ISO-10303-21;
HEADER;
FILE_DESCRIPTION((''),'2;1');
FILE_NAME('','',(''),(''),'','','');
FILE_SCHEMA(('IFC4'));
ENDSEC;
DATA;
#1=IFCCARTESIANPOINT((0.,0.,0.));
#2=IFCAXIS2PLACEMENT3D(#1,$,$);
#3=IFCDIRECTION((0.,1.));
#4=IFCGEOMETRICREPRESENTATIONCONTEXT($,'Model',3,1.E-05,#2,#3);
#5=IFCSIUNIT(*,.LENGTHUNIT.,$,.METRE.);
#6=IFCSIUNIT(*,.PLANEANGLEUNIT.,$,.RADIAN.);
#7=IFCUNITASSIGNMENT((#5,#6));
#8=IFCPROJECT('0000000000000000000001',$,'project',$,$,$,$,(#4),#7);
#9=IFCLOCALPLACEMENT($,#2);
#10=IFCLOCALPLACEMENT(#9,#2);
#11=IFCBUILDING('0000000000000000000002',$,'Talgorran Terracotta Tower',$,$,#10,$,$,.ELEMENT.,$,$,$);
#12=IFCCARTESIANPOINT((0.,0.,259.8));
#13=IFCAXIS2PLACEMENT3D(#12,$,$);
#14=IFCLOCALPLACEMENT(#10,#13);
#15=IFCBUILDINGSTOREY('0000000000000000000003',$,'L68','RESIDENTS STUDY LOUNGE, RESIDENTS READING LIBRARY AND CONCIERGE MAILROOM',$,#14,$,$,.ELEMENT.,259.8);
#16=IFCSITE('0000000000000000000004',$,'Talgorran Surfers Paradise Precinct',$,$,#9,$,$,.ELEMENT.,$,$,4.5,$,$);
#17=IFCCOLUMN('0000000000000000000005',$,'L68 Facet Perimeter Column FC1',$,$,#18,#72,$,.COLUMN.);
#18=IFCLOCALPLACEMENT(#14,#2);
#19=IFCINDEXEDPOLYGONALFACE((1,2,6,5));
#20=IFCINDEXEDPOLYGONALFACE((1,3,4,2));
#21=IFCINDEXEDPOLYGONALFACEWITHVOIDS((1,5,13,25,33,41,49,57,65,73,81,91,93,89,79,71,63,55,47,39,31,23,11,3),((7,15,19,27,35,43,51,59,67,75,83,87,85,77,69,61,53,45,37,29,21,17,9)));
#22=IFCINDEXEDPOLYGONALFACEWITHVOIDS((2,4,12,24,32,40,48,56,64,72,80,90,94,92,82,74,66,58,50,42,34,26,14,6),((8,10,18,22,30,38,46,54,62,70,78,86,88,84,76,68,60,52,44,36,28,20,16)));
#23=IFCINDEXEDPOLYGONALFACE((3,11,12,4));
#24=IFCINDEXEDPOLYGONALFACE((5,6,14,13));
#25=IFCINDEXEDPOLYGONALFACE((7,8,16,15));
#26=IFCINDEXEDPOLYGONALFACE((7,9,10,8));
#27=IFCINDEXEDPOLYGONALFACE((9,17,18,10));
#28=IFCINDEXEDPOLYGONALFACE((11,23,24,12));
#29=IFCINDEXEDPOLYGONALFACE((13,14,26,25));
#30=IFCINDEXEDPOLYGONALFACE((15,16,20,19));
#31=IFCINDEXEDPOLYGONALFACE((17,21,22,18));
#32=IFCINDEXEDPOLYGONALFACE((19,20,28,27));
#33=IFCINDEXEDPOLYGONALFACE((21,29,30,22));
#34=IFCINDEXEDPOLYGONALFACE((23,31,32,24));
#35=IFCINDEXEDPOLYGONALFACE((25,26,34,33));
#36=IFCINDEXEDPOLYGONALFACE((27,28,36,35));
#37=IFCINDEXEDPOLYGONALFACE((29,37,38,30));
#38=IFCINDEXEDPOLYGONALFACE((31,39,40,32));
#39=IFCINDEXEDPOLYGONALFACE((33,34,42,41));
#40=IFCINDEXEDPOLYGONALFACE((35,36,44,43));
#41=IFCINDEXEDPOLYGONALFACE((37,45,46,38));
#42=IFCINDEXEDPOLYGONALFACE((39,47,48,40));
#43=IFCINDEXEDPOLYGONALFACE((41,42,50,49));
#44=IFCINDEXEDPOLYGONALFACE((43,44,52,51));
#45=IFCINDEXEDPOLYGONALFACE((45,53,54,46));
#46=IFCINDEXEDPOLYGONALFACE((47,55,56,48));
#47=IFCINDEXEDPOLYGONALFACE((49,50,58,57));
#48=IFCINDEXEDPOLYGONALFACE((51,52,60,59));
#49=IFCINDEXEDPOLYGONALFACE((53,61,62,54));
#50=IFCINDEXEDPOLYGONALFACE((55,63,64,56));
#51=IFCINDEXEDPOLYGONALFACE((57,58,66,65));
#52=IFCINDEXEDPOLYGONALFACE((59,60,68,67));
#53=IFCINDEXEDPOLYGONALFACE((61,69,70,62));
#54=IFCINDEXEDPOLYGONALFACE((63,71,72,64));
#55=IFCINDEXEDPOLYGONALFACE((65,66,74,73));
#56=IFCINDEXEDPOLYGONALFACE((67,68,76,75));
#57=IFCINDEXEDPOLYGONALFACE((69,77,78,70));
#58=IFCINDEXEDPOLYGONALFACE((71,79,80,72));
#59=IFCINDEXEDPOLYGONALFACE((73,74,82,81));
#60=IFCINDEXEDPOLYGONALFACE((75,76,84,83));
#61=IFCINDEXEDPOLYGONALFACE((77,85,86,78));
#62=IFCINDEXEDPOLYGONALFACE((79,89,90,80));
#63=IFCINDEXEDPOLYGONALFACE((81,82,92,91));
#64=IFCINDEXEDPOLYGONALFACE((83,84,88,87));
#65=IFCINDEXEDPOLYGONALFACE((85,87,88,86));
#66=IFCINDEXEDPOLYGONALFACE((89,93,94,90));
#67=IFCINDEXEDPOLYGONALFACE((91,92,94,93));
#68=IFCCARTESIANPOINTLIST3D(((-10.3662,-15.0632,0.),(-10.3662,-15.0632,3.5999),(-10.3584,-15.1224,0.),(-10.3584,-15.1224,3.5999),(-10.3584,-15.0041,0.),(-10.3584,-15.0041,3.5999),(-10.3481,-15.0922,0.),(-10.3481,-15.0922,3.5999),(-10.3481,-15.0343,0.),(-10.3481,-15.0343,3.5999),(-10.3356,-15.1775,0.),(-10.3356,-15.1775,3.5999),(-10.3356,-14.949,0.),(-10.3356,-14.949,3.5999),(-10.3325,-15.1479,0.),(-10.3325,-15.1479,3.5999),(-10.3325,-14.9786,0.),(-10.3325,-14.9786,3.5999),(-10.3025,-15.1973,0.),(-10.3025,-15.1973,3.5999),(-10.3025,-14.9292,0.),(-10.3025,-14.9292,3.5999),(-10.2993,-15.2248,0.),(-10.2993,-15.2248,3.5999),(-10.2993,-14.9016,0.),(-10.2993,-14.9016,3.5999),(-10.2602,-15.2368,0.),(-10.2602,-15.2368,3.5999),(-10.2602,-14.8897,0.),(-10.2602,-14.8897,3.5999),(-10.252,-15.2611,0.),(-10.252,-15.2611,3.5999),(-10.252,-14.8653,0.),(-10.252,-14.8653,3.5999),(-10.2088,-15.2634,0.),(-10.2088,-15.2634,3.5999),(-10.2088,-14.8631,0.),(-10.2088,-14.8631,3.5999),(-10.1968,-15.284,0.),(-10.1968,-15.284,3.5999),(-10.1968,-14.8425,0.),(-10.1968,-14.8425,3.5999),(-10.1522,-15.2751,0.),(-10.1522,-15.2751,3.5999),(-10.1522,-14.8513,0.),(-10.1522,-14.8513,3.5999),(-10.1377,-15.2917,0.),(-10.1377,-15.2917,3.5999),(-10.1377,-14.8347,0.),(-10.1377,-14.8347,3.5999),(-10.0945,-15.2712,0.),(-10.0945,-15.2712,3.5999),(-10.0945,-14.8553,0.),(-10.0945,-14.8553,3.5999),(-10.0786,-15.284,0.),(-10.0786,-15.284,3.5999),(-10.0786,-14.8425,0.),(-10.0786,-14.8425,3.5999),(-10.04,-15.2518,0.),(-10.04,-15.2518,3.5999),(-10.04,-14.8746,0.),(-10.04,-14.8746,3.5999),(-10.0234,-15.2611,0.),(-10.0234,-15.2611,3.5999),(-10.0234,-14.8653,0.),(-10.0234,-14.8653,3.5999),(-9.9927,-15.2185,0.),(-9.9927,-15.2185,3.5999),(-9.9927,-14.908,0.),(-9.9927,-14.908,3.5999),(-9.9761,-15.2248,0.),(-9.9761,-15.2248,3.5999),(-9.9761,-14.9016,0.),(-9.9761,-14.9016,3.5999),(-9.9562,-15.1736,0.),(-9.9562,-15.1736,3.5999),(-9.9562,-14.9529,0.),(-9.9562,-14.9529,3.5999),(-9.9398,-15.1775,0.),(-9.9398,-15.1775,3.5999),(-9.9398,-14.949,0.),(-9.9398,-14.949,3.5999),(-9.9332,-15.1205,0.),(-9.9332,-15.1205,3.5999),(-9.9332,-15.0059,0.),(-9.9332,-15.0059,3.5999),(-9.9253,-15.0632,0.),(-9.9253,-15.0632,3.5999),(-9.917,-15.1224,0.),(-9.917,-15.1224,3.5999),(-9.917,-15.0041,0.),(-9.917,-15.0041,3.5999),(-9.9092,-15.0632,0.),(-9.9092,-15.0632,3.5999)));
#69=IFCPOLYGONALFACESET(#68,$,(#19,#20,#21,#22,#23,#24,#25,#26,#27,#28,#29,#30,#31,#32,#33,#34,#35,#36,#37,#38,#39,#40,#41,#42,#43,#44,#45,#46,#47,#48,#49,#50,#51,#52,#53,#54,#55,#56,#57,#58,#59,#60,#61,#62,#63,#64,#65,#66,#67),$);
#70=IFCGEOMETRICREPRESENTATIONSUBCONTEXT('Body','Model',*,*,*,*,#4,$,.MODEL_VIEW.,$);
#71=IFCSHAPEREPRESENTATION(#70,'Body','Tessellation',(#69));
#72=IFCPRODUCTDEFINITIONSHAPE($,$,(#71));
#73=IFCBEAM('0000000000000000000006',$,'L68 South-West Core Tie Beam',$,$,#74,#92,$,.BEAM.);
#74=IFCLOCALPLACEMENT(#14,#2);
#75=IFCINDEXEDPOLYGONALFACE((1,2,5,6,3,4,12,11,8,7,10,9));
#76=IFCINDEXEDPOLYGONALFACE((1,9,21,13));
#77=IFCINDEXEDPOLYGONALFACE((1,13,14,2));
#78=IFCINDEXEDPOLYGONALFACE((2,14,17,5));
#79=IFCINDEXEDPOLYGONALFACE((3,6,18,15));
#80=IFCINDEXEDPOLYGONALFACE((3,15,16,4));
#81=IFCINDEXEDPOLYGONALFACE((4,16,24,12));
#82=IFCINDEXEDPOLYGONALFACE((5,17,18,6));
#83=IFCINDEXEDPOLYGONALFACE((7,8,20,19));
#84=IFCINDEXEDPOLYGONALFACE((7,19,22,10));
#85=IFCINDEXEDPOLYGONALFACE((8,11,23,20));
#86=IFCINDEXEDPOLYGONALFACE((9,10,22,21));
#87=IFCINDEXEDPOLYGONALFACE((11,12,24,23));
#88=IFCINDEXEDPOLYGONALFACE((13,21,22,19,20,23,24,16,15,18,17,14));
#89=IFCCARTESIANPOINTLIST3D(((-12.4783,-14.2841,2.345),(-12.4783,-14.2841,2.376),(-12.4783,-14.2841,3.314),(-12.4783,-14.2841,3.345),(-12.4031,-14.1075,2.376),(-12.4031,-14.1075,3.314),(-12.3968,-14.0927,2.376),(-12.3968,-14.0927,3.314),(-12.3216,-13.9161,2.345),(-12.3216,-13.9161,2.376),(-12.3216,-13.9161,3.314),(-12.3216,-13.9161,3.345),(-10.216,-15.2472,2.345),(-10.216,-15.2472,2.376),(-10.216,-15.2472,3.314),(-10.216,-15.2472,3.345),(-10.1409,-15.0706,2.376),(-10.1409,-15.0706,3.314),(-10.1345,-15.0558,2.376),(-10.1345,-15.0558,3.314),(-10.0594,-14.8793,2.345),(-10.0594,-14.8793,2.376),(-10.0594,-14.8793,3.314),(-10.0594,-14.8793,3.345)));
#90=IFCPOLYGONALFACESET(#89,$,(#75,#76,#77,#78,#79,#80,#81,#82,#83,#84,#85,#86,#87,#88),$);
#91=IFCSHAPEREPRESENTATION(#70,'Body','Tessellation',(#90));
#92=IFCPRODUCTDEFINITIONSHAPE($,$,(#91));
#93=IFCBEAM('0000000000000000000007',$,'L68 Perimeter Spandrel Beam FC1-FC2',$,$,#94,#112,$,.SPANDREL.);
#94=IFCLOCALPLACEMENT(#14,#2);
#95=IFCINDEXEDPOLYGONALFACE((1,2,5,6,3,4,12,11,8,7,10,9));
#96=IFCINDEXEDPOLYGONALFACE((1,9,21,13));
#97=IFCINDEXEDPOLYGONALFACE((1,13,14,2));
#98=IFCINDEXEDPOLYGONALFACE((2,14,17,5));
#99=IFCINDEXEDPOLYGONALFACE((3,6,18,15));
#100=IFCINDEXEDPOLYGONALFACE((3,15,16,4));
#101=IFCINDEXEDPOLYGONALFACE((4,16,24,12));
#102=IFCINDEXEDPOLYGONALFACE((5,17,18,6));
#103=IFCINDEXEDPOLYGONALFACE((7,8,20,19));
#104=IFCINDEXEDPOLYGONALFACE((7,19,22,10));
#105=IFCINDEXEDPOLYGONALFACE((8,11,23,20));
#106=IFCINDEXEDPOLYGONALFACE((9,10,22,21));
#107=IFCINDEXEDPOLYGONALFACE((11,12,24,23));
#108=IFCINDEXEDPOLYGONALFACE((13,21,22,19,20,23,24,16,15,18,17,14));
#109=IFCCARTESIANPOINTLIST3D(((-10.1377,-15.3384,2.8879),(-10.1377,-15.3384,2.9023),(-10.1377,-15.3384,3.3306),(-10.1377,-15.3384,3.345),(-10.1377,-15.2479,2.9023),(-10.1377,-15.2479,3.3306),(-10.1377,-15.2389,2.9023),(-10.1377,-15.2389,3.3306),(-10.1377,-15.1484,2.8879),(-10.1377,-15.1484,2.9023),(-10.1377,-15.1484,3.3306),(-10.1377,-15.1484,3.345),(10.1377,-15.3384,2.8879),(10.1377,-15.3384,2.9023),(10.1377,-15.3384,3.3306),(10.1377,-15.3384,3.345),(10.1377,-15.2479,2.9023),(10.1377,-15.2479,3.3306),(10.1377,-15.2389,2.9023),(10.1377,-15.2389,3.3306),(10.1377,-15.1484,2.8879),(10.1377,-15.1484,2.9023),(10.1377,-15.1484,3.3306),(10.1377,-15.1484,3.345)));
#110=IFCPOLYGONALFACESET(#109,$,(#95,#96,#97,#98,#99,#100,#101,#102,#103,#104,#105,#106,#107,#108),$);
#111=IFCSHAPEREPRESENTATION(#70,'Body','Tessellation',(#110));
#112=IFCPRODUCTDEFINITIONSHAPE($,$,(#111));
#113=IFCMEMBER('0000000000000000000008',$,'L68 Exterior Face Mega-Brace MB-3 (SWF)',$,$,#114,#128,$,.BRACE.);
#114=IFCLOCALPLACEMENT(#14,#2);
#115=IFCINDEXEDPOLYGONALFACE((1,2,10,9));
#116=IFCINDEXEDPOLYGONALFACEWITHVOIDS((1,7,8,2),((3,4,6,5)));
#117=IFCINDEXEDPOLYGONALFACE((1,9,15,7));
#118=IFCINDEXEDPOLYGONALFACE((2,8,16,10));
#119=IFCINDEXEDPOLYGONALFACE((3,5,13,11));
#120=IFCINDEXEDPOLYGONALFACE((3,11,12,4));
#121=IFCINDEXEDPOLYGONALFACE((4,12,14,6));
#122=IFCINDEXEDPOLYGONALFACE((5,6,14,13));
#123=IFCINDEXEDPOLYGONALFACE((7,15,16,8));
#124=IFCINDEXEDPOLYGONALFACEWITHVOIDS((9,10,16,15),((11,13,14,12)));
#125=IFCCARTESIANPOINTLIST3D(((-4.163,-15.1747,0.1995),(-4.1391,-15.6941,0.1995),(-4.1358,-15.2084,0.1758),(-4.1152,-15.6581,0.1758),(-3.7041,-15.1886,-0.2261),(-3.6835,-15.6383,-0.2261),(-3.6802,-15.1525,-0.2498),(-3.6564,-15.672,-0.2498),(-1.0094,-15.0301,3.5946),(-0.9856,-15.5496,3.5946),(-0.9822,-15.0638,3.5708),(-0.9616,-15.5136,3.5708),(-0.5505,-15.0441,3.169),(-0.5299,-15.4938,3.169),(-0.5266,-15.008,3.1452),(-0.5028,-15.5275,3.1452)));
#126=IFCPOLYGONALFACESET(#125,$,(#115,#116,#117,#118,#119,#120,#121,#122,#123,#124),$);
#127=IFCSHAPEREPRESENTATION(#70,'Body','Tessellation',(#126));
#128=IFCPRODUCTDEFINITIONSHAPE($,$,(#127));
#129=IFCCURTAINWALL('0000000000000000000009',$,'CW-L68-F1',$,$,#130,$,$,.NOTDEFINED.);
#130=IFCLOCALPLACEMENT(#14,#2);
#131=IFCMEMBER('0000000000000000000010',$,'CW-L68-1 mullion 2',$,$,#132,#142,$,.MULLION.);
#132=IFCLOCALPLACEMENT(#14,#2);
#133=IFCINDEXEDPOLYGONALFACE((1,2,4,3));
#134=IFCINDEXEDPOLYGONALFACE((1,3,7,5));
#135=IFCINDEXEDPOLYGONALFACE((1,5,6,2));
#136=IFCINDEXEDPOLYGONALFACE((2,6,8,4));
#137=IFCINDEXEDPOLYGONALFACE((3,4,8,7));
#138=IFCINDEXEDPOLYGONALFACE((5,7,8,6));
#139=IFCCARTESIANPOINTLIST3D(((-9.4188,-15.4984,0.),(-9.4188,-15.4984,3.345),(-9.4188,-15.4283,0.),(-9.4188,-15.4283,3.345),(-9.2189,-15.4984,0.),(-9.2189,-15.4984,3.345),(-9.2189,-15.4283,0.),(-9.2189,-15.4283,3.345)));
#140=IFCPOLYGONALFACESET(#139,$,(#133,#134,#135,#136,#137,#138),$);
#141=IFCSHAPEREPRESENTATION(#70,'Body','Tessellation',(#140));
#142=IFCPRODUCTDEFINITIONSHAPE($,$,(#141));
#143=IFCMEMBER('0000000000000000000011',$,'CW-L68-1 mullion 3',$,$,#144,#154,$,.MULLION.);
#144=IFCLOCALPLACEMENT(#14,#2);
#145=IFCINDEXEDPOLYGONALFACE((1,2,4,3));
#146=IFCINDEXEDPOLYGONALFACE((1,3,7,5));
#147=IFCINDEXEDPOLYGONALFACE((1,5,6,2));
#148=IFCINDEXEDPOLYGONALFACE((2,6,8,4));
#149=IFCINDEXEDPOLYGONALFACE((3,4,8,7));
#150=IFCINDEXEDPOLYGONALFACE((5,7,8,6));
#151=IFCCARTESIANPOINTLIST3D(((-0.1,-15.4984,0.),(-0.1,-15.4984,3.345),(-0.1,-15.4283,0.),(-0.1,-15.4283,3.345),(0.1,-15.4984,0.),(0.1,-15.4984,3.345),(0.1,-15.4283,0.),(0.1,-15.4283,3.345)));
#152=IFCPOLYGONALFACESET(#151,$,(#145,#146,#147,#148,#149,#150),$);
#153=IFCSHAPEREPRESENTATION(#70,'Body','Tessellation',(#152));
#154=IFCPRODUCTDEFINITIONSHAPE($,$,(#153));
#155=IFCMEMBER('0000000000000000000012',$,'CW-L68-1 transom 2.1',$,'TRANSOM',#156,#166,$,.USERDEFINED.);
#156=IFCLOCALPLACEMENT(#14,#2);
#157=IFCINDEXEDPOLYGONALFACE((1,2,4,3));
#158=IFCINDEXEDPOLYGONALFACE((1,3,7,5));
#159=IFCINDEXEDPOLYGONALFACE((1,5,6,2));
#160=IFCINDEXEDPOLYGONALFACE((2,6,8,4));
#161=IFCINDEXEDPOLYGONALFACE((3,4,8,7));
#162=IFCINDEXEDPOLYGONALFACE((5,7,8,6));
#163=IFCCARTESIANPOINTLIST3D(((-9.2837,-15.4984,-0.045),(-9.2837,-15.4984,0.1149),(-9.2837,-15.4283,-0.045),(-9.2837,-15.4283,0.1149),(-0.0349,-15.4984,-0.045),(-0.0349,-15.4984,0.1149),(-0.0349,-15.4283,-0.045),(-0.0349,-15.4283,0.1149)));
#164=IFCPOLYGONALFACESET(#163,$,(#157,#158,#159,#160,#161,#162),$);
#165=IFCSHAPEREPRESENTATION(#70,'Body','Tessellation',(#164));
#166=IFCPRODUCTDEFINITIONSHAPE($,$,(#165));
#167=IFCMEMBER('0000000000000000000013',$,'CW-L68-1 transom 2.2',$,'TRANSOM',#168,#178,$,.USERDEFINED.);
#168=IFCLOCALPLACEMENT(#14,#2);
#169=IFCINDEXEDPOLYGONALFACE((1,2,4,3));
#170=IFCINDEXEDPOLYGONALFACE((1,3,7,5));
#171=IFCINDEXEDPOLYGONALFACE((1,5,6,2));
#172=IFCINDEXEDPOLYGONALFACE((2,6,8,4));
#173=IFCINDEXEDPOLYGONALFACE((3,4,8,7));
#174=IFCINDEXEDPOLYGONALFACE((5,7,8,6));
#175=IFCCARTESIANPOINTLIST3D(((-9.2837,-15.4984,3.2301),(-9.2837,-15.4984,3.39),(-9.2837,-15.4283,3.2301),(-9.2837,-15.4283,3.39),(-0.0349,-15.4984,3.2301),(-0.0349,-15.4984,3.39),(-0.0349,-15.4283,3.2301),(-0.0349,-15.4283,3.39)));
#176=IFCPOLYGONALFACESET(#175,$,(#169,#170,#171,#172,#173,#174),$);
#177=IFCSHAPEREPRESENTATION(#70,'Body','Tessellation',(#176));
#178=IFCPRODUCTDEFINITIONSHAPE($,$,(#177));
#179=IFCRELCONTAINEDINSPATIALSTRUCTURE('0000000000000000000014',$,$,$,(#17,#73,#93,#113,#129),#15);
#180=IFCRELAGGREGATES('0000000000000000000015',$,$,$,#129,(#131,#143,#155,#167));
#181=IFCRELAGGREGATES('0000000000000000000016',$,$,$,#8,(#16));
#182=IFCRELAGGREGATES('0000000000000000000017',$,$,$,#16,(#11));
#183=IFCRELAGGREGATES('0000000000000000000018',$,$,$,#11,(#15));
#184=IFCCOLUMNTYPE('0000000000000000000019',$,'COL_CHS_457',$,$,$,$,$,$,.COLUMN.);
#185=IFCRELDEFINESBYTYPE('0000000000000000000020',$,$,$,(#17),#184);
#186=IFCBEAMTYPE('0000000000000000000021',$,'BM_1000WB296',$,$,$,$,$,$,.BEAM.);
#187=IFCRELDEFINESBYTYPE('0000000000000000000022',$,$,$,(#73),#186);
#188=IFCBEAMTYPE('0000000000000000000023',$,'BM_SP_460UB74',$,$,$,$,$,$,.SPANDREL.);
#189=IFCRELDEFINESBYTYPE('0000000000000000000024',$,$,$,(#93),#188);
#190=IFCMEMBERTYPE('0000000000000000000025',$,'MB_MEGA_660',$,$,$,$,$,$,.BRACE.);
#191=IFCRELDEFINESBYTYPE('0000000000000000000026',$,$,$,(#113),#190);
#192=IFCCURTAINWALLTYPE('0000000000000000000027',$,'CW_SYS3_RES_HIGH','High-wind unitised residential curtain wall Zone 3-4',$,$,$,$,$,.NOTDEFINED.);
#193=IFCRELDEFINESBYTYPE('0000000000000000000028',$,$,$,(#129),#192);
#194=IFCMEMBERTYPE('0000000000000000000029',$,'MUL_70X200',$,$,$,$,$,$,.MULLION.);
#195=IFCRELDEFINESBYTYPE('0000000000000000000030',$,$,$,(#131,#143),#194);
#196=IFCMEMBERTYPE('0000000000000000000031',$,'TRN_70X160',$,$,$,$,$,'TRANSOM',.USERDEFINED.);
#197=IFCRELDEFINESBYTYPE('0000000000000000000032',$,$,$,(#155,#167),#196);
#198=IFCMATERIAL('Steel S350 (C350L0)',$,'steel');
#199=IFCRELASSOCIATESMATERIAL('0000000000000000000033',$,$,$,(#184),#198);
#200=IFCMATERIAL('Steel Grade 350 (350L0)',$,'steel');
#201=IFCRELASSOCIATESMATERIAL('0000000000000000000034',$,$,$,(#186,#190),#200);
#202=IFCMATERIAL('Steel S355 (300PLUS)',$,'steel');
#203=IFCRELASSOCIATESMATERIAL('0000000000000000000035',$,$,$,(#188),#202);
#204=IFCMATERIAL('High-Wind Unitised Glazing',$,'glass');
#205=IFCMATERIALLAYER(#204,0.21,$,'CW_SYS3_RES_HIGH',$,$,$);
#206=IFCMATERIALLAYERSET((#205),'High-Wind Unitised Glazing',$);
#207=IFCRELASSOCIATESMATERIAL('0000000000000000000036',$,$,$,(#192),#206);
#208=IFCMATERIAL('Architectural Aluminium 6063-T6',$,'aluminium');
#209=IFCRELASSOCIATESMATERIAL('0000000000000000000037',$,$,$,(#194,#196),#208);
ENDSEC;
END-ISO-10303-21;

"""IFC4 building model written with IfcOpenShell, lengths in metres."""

from ifc_helpers import new_model, si_unit, direction, frame, origin, origin_2d, place, context, subcontext, project, spatial, rectangle, hollow_rectangle, hollow_circle, i_section, extrude, material, layer, layer_set, material_profile, profile_set, type_object, element, aggregate, save


model = new_model("IFC4")

# Units and contexts
model_context = context("Model", 3, precision=1e-05, world=origin(), true_north=direction((0.0, 1.0)))
body_context = subcontext(model_context, "Body", "Model", "MODEL_VIEW")
ifc_project = project(units=[si_unit("LENGTHUNIT", "METRE"), si_unit("PLANEANGLEUNIT", "RADIAN")], contexts=[model_context])

# Site, building, storey
site_placement = place(None, origin())
site = spatial("IfcSite", under=ifc_project, at=site_placement, Name="Talgorran Surfers Paradise Precinct", CompositionType="ELEMENT", RefElevation=4.5)
building_placement = place(site_placement, origin())
building = spatial("IfcBuilding", under=site, at=building_placement, Name="Talgorran Terracotta Tower", CompositionType="ELEMENT")
storey_placement = place(building_placement, frame((0.0, 0.0, 259.8)))
storey = spatial("IfcBuildingStorey", under=building, at=storey_placement, Name="L68", Description="RESIDENTS STUDY LOUNGE, RESIDENTS READING LIBRARY AND CONCIERGE MAILROOM", CompositionType="ELEMENT", Elevation=259.8)

# Column
ifc_material_1 = material(Name="Steel S350 (C350L0)", Category="steel")
ifc_material_profile_1 = material_profile(ifc_material_1, hollow_circle(Radius=0.2285, WallThickness=0.0161, at=origin_2d()), Name="CHS457X16")
ifc_profile_set_1 = profile_set([ifc_material_profile_1], Name="Steel S350 (C350L0)")
column_type = type_object("IfcColumnType", Name="COL_CHS_457", PredefinedType="COLUMN", material=ifc_profile_set_1)
column_placement = place(storey_placement, frame((-10.1377, -15.0632, 0.0), z_axis=(0.0, 0.0, 1.0), x_axis=(1.0, 0.0, 0.0)))
element("IfcColumn", 1, at=column_placement, inside=storey, type_object=column_type, Name="L68 Facet Perimeter Column FC1", PredefinedType="COLUMN", context=body_context, shape_type="SweptSolid", body=[
    extrude(hollow_circle(Radius=0.2285, WallThickness=0.0161, at=origin_2d()), origin(), (0.0, 0.0, 1.0), 3.5999),
])

# Beams
ifc_material_2 = material(Name="Steel Grade 350 (350L0)", Category="steel")
ifc_material_profile_2 = material_profile(ifc_material_2, i_section(OverallWidth=0.3999, OverallDepth=1.0, WebThickness=0.0161, FlangeThickness=0.031, at=origin_2d()), Name="1000WB296")
ifc_profile_set_2 = profile_set([ifc_material_profile_2], Name="Steel Grade 350 (350L0)")
beam_type_1 = type_object("IfcBeamType", Name="BM_1000WB296", PredefinedType="BEAM", material=ifc_profile_set_2)
beam_1_placement = place(storey_placement, frame((-10.1377, -15.0632, 2.845), z_axis=(-0.920082, 0.391725, 0.0), x_axis=(-0.391725, -0.920082, 0.0)))
element("IfcBeam", 2, at=beam_1_placement, inside=storey, type_object=beam_type_1, Name="L68 South-West Core Tie Beam", PredefinedType="BEAM", context=body_context, shape_type="SweptSolid", body=[
    extrude(i_section(OverallWidth=0.3999, OverallDepth=1.0, WebThickness=0.0161, FlangeThickness=0.031, at=origin_2d()), origin(), (0.0, 0.0, 1.0), 2.4587),
])
ifc_material_3 = material(Name="Steel S355 (300PLUS)", Category="steel")
ifc_material_profile_3 = material_profile(ifc_material_3, i_section(OverallWidth=0.1899, OverallDepth=0.457, WebThickness=0.009, FlangeThickness=0.0144, at=origin_2d()), Name="460UB74.6")
ifc_profile_set_3 = profile_set([ifc_material_profile_3], Name="Steel S355 (300PLUS)")
beam_type_2 = type_object("IfcBeamType", Name="BM_SP_460UB74", PredefinedType="SPANDREL", material=ifc_profile_set_3)
beam_2_placement = place(storey_placement, frame((-10.1377, -15.2434, 3.1165), z_axis=(1.0, 0.0, 0.0), x_axis=(0.0, 1.0, 0.0)))
element("IfcBeam", 3, at=beam_2_placement, inside=storey, type_object=beam_type_2, Name="L68 Perimeter Spandrel Beam FC1-FC2", PredefinedType="SPANDREL", context=body_context, shape_type="SweptSolid", body=[
    extrude(i_section(OverallWidth=0.1899, OverallDepth=0.457, WebThickness=0.009, FlangeThickness=0.0144, at=origin_2d()), origin(), (0.0, 0.0, 1.0), 20.2754),
])

# Member
ifc_material_profile_4 = material_profile(ifc_material_2, hollow_rectangle(XDim=0.52, YDim=0.6599, WallThickness=0.0349, at=origin_2d()), Name="WBOX660X520X35")
ifc_profile_set_4 = profile_set([ifc_material_profile_4], Name="Steel Grade 350 (350L0)")
member_type_1 = type_object("IfcMemberType", Name="MB_MEGA_660", PredefinedType="BRACE", material=ifc_profile_set_4)
member_1_placement = place(storey_placement, frame((-3.9097, -15.4233, -0.0251), z_axis=(0.680242, 0.031176, 0.732325), x_axis=(-0.045783, 0.998951, 0.0)))
element("IfcMember", 4, at=member_1_placement, inside=storey, type_object=member_type_1, Name="L68 Exterior Face Mega-Brace MB-3 (SWF)", PredefinedType="BRACE", context=body_context, shape_type="SweptSolid", body=[
    extrude(hollow_rectangle(XDim=0.52, YDim=0.6599, WallThickness=0.0349, at=origin_2d()), origin(), (0.0, 0.0, 1.0), 4.636),
])

# Curtain wall, members
ifc_material_4 = material(Name="High-Wind Unitised Glazing", Category="glass")
ifc_layer_1 = layer(ifc_material_4, 0.21, Name="CW_SYS3_RES_HIGH")
ifc_layer_set_1 = layer_set([ifc_layer_1], Name="High-Wind Unitised Glazing")
curtain_wall_type = type_object("IfcCurtainWallType", Name="CW_SYS3_RES_HIGH", Description="High-wind unitised residential curtain wall Zone 3-4", PredefinedType="NOTDEFINED", material=ifc_layer_set_1)
curtain_wall_placement = place(storey_placement, origin())
curtain_wall = element("IfcCurtainWall", 5, at=curtain_wall_placement, inside=storey, type_object=curtain_wall_type, Name="CW-L68-F1", PredefinedType="NOTDEFINED")
ifc_material_5 = material(Name="Architectural Aluminium 6063-T6", Category="aluminium")
ifc_material_profile_5 = material_profile(ifc_material_5, rectangle(XDim=0.0701, YDim=0.2, at=origin_2d()), Name="CWM70X200")
ifc_profile_set_5 = profile_set([ifc_material_profile_5], Name="Architectural Aluminium 6063-T6")
member_type_2 = type_object("IfcMemberType", Name="MUL_70X200", PredefinedType="MULLION", material=ifc_profile_set_5)
member_2_placement = place(storey_placement, frame((-9.3188, -15.4634, 0.0), z_axis=(0.0, 0.0, 1.0), x_axis=(0.0, 1.0, 0.0)))
member_2 = element("IfcMember", 6, at=member_2_placement, type_object=member_type_2, Name="CW-L68-1 mullion 2", PredefinedType="MULLION", context=body_context, shape_type="SweptSolid", body=[
    extrude(rectangle(XDim=0.0701, YDim=0.2, at=origin_2d()), origin(), (0.0, 0.0, 1.0), 3.345),
])
member_3_placement = place(storey_placement, frame((0.0, -15.4634, 0.0), z_axis=(0.0, 0.0, 1.0), x_axis=(0.0, 1.0, 0.0)))
member_3 = element("IfcMember", 7, at=member_3_placement, type_object=member_type_2, Name="CW-L68-1 mullion 3", PredefinedType="MULLION", context=body_context, shape_type="SweptSolid", body=[
    extrude(rectangle(XDim=0.0701, YDim=0.2, at=origin_2d()), origin(), (0.0, 0.0, 1.0), 3.345),
])
ifc_material_profile_6 = material_profile(ifc_material_5, rectangle(XDim=0.0701, YDim=0.1599, at=origin_2d()), Name="CWT70X160")
ifc_profile_set_6 = profile_set([ifc_material_profile_6], Name="Architectural Aluminium 6063-T6")
member_type_3 = type_object("IfcMemberType", Name="TRN_70X160", ElementType="TRANSOM", PredefinedType="USERDEFINED", material=ifc_profile_set_6)
member_4_placement = place(storey_placement, frame((-9.2837, -15.4634, 0.0349), z_axis=(1.0, 0.0, 0.0), x_axis=(0.0, 1.0, 0.0)))
member_4 = element("IfcMember", 8, at=member_4_placement, type_object=member_type_3, Name="CW-L68-1 transom 2.1", ObjectType="TRANSOM", PredefinedType="USERDEFINED", context=body_context, shape_type="SweptSolid", body=[
    extrude(rectangle(XDim=0.0701, YDim=0.1599, at=origin_2d()), origin(), (0.0, 0.0, 1.0), 9.2488),
])
member_5_placement = place(storey_placement, frame((-9.2837, -15.4634, 3.3101), z_axis=(1.0, 0.0, 0.0), x_axis=(0.0, 1.0, 0.0)))
member_5 = element("IfcMember", 9, at=member_5_placement, type_object=member_type_3, Name="CW-L68-1 transom 2.2", ObjectType="TRANSOM", PredefinedType="USERDEFINED", context=body_context, shape_type="SweptSolid", body=[
    extrude(rectangle(XDim=0.0701, YDim=0.1599, at=origin_2d()), origin(), (0.0, 0.0, 1.0), 9.2488),
])

aggregate(curtain_wall, [member_2, member_3, member_4, member_5])

save(model, "model.ifc")
